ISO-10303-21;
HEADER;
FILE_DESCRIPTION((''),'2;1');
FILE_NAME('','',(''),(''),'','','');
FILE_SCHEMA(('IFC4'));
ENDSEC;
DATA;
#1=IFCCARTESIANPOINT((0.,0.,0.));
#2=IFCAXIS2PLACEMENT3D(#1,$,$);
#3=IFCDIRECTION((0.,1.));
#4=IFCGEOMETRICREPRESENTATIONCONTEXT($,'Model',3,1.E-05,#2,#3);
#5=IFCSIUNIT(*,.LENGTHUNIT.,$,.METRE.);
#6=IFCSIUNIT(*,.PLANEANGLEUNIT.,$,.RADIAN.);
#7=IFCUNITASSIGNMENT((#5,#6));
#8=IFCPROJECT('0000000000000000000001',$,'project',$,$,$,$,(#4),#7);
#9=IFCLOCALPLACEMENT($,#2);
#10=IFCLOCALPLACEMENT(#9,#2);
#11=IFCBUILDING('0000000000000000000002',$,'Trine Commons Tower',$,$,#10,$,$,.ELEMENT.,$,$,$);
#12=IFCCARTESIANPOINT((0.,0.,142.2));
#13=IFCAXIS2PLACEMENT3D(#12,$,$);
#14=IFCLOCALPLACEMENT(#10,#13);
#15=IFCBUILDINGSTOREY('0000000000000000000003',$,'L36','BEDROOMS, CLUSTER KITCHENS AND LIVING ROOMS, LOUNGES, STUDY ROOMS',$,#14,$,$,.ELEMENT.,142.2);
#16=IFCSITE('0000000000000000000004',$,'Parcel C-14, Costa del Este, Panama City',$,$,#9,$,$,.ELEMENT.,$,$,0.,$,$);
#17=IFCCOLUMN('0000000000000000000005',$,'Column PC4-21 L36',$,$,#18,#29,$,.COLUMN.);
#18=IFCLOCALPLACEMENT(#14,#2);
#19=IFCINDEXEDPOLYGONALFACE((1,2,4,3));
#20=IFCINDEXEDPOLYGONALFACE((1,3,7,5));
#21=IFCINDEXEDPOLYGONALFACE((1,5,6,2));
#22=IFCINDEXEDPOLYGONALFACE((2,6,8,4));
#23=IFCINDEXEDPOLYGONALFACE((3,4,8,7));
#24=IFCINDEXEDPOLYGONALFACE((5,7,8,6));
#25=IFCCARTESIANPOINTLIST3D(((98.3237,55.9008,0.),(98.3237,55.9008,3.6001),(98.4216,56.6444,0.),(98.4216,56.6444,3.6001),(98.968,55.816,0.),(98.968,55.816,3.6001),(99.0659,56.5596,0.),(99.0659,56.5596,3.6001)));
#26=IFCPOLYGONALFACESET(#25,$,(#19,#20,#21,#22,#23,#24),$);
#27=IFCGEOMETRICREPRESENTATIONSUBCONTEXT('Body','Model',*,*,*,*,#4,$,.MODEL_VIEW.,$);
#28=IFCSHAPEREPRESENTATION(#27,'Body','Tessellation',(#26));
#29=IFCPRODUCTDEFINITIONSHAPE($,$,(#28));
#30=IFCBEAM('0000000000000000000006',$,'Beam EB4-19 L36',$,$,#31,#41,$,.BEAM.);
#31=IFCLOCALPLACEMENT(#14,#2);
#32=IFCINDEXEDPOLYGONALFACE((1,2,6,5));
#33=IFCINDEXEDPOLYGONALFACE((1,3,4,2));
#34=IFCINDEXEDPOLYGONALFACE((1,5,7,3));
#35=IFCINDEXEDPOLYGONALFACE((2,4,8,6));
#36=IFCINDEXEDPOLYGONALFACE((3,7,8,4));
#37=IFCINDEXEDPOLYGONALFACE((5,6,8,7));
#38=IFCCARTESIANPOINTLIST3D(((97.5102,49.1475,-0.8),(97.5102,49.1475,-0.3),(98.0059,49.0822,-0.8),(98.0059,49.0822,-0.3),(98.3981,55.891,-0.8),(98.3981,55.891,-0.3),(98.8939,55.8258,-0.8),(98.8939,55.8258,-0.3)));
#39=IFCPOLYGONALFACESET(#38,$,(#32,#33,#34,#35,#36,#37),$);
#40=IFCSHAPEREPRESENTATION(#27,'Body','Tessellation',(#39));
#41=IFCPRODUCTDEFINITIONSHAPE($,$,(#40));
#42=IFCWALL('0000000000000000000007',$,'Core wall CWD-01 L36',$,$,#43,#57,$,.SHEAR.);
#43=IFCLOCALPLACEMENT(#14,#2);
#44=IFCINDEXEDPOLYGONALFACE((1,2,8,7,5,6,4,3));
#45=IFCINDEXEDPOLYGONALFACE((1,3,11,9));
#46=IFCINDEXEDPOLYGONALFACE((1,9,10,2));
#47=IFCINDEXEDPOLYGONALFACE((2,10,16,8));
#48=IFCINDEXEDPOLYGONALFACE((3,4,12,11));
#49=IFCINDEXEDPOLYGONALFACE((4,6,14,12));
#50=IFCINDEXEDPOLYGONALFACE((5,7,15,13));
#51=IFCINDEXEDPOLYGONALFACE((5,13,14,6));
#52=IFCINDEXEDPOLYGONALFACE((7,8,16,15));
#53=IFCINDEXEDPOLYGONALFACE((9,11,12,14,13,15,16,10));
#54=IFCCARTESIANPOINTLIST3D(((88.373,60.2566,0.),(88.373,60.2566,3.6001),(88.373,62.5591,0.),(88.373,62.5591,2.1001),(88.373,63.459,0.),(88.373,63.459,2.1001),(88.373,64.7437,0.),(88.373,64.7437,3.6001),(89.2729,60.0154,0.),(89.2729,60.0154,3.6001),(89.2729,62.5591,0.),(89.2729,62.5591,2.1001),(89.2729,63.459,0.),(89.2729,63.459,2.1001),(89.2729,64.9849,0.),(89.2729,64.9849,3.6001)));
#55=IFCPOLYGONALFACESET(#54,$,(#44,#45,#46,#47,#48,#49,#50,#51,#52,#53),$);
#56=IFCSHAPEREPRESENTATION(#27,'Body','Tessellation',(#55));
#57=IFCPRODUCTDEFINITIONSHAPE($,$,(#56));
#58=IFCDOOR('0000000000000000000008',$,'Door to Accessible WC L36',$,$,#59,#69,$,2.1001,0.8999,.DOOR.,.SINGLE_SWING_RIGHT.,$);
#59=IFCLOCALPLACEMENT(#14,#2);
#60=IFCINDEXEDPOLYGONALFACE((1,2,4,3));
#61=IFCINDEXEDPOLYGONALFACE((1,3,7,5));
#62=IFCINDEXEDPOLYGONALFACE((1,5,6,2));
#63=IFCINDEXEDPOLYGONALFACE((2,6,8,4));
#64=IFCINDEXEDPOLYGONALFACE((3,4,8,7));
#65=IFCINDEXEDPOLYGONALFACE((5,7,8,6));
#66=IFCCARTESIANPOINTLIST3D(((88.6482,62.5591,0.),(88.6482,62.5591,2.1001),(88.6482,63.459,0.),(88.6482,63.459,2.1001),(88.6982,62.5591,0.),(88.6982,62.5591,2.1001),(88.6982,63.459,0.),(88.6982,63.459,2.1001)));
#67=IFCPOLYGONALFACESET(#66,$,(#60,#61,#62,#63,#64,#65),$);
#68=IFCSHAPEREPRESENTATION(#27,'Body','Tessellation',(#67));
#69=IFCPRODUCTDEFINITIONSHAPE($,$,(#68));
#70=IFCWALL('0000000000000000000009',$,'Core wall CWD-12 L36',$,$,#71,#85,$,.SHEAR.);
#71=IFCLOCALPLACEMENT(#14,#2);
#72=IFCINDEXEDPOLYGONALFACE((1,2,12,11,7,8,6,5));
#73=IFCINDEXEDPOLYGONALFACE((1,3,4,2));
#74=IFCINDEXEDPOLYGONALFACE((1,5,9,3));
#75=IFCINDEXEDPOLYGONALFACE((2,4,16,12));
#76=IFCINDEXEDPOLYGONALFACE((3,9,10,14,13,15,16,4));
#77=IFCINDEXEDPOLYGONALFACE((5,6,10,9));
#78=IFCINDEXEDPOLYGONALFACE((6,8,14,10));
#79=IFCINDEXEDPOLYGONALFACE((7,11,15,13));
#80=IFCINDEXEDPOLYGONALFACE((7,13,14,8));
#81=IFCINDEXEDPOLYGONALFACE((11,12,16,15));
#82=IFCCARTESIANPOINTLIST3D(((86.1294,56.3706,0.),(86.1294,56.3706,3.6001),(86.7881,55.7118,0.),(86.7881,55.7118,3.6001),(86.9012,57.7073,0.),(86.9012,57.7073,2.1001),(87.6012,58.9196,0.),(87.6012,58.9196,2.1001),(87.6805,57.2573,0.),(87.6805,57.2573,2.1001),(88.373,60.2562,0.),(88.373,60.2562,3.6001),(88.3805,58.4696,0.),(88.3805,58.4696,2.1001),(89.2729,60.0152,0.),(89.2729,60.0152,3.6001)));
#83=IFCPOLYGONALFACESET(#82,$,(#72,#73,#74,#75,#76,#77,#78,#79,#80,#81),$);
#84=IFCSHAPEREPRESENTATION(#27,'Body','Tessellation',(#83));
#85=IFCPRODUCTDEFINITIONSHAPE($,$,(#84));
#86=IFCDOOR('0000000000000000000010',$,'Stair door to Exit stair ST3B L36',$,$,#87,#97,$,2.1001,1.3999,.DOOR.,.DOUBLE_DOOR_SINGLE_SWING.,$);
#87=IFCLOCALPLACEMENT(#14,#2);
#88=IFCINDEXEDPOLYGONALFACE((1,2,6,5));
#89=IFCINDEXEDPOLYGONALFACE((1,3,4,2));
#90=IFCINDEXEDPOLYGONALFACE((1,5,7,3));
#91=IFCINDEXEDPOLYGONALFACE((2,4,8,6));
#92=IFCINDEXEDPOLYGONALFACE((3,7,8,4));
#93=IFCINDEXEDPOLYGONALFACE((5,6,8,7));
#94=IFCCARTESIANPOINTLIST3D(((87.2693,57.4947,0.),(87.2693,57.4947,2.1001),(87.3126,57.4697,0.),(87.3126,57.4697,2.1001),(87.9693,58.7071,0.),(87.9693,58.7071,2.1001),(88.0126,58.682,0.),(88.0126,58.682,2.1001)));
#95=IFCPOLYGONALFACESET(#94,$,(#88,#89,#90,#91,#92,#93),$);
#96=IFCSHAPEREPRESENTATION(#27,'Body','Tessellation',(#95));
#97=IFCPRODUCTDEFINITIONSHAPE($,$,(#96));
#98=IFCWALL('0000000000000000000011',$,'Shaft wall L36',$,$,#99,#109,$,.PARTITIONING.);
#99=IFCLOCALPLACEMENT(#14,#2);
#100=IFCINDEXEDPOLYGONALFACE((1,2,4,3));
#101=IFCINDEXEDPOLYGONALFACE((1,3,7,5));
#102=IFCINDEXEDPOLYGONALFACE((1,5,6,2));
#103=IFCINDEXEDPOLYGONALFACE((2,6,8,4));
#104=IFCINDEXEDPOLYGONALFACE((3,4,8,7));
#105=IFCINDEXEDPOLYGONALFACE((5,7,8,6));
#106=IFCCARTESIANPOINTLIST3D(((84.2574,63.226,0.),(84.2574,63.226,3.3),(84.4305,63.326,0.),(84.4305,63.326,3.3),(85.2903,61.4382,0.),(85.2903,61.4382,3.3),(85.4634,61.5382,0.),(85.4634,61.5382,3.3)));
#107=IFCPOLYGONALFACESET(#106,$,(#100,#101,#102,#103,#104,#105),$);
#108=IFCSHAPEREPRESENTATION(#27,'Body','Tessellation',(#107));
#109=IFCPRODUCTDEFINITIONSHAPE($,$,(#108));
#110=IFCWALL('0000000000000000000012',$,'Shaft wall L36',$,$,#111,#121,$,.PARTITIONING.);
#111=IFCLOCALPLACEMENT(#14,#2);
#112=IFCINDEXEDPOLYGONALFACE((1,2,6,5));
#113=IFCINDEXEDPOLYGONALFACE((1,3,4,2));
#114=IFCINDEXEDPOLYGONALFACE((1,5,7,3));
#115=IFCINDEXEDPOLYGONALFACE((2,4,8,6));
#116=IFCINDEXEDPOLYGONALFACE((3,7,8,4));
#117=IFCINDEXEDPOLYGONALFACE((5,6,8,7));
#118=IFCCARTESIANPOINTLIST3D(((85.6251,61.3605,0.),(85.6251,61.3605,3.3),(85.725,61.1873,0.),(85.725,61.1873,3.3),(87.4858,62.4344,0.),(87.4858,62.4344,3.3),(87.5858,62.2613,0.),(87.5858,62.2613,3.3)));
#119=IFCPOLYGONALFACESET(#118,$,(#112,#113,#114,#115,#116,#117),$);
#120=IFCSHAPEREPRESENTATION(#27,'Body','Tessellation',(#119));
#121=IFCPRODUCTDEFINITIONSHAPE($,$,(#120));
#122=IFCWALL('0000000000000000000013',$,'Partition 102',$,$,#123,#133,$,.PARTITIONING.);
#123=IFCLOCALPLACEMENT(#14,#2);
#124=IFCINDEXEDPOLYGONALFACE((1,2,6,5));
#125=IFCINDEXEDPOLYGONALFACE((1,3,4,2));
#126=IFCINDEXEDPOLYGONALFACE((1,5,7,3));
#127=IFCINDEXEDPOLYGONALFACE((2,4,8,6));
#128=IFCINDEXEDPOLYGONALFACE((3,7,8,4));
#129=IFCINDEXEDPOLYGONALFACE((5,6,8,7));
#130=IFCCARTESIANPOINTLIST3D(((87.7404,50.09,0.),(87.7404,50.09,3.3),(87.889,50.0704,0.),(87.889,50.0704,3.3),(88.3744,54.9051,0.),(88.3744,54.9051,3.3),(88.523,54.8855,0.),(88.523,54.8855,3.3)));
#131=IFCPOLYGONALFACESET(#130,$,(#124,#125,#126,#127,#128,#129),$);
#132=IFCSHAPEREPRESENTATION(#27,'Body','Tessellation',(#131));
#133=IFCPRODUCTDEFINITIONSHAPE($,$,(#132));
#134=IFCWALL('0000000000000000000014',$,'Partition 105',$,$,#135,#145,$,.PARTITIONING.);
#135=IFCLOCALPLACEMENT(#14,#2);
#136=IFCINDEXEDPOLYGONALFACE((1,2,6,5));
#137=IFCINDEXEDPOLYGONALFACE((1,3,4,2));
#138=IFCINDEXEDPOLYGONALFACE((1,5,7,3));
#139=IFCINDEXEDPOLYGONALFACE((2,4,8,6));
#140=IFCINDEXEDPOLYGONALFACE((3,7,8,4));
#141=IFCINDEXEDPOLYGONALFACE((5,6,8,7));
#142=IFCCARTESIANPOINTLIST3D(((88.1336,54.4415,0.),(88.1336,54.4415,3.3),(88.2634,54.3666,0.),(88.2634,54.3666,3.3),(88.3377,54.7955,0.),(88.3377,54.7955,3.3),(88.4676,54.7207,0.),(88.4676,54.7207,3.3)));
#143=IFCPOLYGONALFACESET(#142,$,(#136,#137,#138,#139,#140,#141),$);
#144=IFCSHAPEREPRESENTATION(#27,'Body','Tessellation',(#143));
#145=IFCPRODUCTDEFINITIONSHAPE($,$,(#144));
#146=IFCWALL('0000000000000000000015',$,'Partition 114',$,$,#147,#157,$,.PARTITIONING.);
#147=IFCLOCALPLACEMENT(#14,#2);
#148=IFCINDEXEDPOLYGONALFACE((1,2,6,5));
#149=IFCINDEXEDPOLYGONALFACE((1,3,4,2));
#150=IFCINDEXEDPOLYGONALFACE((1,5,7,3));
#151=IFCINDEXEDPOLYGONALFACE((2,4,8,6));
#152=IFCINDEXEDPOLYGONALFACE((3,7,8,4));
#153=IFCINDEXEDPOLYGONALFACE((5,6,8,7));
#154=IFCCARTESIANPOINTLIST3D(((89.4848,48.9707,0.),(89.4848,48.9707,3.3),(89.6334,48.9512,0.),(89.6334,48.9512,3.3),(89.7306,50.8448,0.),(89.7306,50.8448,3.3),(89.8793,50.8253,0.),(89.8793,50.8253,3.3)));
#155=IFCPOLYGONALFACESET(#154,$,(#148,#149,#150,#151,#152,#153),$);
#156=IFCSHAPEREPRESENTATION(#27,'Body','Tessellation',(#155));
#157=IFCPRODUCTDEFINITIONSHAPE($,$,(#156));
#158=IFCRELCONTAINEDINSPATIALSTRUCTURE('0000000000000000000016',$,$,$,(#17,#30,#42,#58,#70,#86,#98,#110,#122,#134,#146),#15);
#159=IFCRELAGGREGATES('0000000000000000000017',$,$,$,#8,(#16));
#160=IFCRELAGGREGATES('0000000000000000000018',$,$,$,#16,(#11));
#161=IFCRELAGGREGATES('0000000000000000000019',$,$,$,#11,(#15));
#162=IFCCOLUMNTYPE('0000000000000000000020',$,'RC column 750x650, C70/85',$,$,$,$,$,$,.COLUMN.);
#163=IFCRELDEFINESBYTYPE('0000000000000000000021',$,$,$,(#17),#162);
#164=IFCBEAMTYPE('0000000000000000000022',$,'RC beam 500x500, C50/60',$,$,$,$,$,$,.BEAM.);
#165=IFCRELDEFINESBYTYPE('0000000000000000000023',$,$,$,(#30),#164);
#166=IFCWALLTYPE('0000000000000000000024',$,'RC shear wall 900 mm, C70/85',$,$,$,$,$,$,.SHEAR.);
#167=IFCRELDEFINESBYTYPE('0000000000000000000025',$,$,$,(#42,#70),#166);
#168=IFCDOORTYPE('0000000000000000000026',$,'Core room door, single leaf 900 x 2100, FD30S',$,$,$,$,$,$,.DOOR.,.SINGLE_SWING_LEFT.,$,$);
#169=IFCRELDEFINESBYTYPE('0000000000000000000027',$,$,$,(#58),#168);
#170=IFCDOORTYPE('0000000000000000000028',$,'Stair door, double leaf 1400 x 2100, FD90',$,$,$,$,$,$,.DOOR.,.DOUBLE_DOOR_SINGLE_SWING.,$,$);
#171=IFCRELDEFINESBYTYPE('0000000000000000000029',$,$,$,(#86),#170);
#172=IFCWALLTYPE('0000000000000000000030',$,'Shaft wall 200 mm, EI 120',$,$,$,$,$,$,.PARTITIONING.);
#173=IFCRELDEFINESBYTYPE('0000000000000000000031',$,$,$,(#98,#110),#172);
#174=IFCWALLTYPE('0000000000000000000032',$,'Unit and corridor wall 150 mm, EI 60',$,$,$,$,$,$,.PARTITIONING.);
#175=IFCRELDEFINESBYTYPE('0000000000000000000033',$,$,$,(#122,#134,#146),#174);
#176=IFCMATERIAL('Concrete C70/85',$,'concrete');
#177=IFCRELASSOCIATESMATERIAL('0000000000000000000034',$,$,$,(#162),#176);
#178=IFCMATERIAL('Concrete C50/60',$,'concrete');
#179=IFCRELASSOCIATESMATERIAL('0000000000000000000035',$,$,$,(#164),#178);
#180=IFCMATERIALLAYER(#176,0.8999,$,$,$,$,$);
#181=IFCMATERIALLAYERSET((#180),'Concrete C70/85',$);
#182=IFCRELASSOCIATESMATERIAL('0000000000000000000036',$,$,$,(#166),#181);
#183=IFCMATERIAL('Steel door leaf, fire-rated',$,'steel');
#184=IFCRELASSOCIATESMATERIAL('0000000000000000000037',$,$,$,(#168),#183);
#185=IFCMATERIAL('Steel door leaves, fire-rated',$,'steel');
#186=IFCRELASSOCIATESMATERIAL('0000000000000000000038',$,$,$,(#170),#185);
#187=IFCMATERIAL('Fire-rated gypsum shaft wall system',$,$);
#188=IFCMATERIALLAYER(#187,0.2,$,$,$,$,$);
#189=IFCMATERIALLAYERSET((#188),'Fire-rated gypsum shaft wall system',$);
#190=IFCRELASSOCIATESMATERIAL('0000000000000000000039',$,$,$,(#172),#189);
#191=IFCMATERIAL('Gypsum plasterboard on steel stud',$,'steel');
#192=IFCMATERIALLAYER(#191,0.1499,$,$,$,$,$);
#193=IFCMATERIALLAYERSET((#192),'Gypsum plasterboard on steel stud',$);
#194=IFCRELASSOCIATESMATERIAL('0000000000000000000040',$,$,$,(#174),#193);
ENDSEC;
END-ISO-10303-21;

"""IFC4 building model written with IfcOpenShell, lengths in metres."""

from ifc_helpers import new_model, si_unit, direction, frame, frame_2d, origin, origin_2d, place, context, subcontext, project, spatial, polyline, rectangle, outline, extrude, material, layer, layer_set, material_profile, profile_set, type_object, element, fill, save


model = new_model("IFC4")

# Units and contexts
model_context = context("Model", 3, precision=1e-05, world=origin(), true_north=direction((0.0, 1.0)))
body_context = subcontext(model_context, "Body", "Model", "MODEL_VIEW")
ifc_project = project(units=[si_unit("LENGTHUNIT", "METRE"), si_unit("PLANEANGLEUNIT", "RADIAN")], contexts=[model_context])

# Site, building, storey
site_placement = place(None, origin())
site = spatial("IfcSite", under=ifc_project, at=site_placement, Name="Parcel C-14, Costa del Este, Panama City", CompositionType="ELEMENT", RefElevation=0.0)
building_placement = place(site_placement, origin())
building = spatial("IfcBuilding", under=site, at=building_placement, Name="Trine Commons Tower", CompositionType="ELEMENT")
storey_placement = place(building_placement, frame((0.0, 0.0, 142.2)))
storey = spatial("IfcBuildingStorey", under=building, at=storey_placement, Name="L36", Description="BEDROOMS, CLUSTER KITCHENS AND LIVING ROOMS, LOUNGES, STUDY ROOMS", CompositionType="ELEMENT", Elevation=142.2)

# Column
ifc_material_1 = material(Name="Concrete C70/85", Category="concrete")
ifc_material_profile_1 = material_profile(ifc_material_1, rectangle(XDim=0.75, YDim=0.6499, at=origin_2d()), Name="RC 750x650")
ifc_profile_set_1 = profile_set([ifc_material_profile_1], Name="Concrete C70/85")
column_type = type_object("IfcColumnType", Name="RC column 750x650, C70/85", PredefinedType="COLUMN", material=ifc_profile_set_1)
column_placement = place(storey_placement, frame((98.6948, 56.2302, 0.0), z_axis=(0.0, 0.0, 1.0), x_axis=(0.130526, 0.991445, 0.0)))
element("IfcColumn", 1, at=column_placement, inside=storey, type_object=column_type, Name="Column PC4-21 L36", PredefinedType="COLUMN", context=body_context, shape_type="SweptSolid", body=[
    extrude(rectangle(XDim=0.75, YDim=0.6499, at=origin_2d()), origin(), (0.0, 0.0, 1.0), 3.6001),
])

# Beam
ifc_material_2 = material(Name="Concrete C50/60", Category="concrete")
ifc_material_profile_2 = material_profile(ifc_material_2, rectangle(XDim=0.5, YDim=0.5, at=origin_2d()), Name="RC 500x500")
ifc_profile_set_2 = profile_set([ifc_material_profile_2], Name="Concrete C50/60")
beam_type = type_object("IfcBeamType", Name="RC beam 500x500, C50/60", PredefinedType="BEAM", material=ifc_profile_set_2)
beam_placement = place(storey_placement, frame((98.646, 55.8584, -0.55), z_axis=(-0.130544, -0.991443, 0.0), x_axis=(0.991443, -0.130544, 0.0)))
element("IfcBeam", 2, at=beam_placement, inside=storey, type_object=beam_type, Name="Beam EB4-19 L36", PredefinedType="BEAM", context=body_context, shape_type="SweptSolid", body=[
    extrude(rectangle(XDim=0.5, YDim=0.5, at=origin_2d()), origin(), (0.0, 0.0, 1.0), 6.8018),
])

# Walls, openings, doors
ifc_layer_1 = layer(ifc_material_1, 0.8999)
ifc_layer_set_1 = layer_set([ifc_layer_1], Name="Concrete C70/85")
wall_type_1 = type_object("IfcWallType", Name="RC shear wall 900 mm, C70/85", PredefinedType="SHEAR", material=ifc_layer_set_1)
wall_1_placement = place(storey_placement, frame((88.823, 60.0154, 0.0), z_axis=(0.0, 0.0, 1.0), x_axis=(0.0, 1.0, 0.0)))
wall_1 = element("IfcWall", 3, at=wall_1_placement, inside=storey, type_object=wall_type_1, Name="Core wall CWD-01 L36", PredefinedType="SHEAR", context=body_context, shape_type="SweptSolid", body=[
    extrude(outline(polyline([(0.0, -0.45), (4.9695, -0.45), (4.7283, 0.45), (0.2412, 0.45), (0.0, -0.45)])), origin(), (0.0, 0.0, 1.0), 3.6001),
])
opening_1_placement = place(wall_1_placement, frame((2.5437, 0.0, 0.0)))
opening_1 = element("IfcOpeningElement", 4, at=opening_1_placement, cuts=wall_1, PredefinedType="OPENING", context=body_context, shape_type="SweptSolid", body=[
    extrude(rectangle(XDim=0.8999, YDim=2.1001, at=frame_2d((0.45, 1.05))), frame((0.0, 0.46, 0.0), z_axis=(0.0, -1.0, 0.0), x_axis=(1.0, 0.0, 0.0)), (0.0, 0.0, 1.0), 0.9199),
])
ifc_material_3 = material(Name="Steel door leaf, fire-rated", Category="steel")
door_type_1 = type_object("IfcDoorType", Name="Core room door, single leaf 900 x 2100, FD30S", OperationType="SINGLE_SWING_LEFT", PredefinedType="DOOR", material=ifc_material_3)
door_1_placement = place(opening_1_placement, origin())
door_1 = element("IfcDoor", 5, at=door_1_placement, inside=storey, type_object=door_type_1, Name="Door to Accessible WC L36", OperationType="SINGLE_SWING_RIGHT", OverallHeight=2.1001, OverallWidth=0.8999, PredefinedType="DOOR", context=body_context, shape_type="SweptSolid", body=[
    extrude(rectangle(XDim=0.8999, YDim=2.1001, at=frame_2d((0.45, 1.05))), frame((0.0, 0.1748, 0.0), z_axis=(0.0, -1.0, 0.0), x_axis=(1.0, 0.0, 0.0)), (0.0, 0.0, 1.0), 0.05),
])
fill(opening_1, door_1)
wall_2_placement = place(storey_placement, frame((86.3984, 55.9368, 0.0), z_axis=(0.0, 0.0, 1.0), x_axis=(0.500039, 0.866003, 0.0)))
wall_2 = element("IfcWall", 6, at=wall_2_placement, inside=storey, type_object=wall_type_1, Name="Core wall CWD-12 L36", PredefinedType="SHEAR", context=body_context, shape_type="SweptSolid", body=[
    extrude(outline(polyline([(0.0, -0.45), (4.9692, -0.45), (4.728, 0.45), (0.2412, 0.45), (0.0, -0.45)])), origin(), (0.0, 0.0, 1.0), 3.6001),
])
opening_2_placement = place(wall_2_placement, frame((1.7847, 0.0, 0.0)))
opening_2 = element("IfcOpeningElement", 7, at=opening_2_placement, cuts=wall_2, PredefinedType="OPENING", context=body_context, shape_type="SweptSolid", body=[
    extrude(rectangle(XDim=1.3999, YDim=2.1001, at=frame_2d((0.7, 1.05))), frame((0.0, 0.46, 0.0), z_axis=(0.0, -1.0, 0.0), x_axis=(1.0, 0.0, 0.0)), (0.0, 0.0, 1.0), 0.9199),
])
ifc_material_4 = material(Name="Steel door leaves, fire-rated", Category="steel")
door_type_2 = type_object("IfcDoorType", Name="Stair door, double leaf 1400 x 2100, FD90", OperationType="DOUBLE_DOOR_SINGLE_SWING", PredefinedType="DOOR", material=ifc_material_4)
door_2_placement = place(opening_2_placement, origin())
door_2 = element("IfcDoor", 8, at=door_2_placement, inside=storey, type_object=door_type_2, Name="Stair door to Exit stair ST3B L36", OperationType="DOUBLE_DOOR_SINGLE_SWING", OverallHeight=2.1001, OverallWidth=1.3999, PredefinedType="DOOR", context=body_context, shape_type="SweptSolid", body=[
    extrude(rectangle(XDim=1.3999, YDim=2.1001, at=frame_2d((0.7, 1.05))), frame((0.0, 0.0249, 0.0), z_axis=(0.0, -1.0, 0.0), x_axis=(1.0, 0.0, 0.0)), (0.0, 0.0, 1.0), 0.05),
])
fill(opening_2, door_2)

# Walls
ifc_material_5 = material(Name="Fire-rated gypsum shaft wall system")
ifc_layer_2 = layer(ifc_material_5, 0.2)
ifc_layer_set_2 = layer_set([ifc_layer_2], Name="Fire-rated gypsum shaft wall system")
wall_type_2 = type_object("IfcWallType", Name="Shaft wall 200 mm, EI 120", PredefinedType="PARTITIONING", material=ifc_layer_set_2)
wall_3_placement = place(storey_placement, frame((84.344, 63.2759, 0.0), z_axis=(0.0, 0.0, 1.0), x_axis=(0.500272, -0.865868, 0.0)))
element("IfcWall", 9, at=wall_3_placement, inside=storey, type_object=wall_type_2, Name="Shaft wall L36", PredefinedType="PARTITIONING", context=body_context, shape_type="SweptSolid", body=[
    extrude(rectangle(XDim=2.0647, YDim=0.2, at=frame_2d((1.0322, 0.0))), origin(), (0.0, 0.0, 1.0), 3.3),
])
wall_4_placement = place(storey_placement, frame((85.675, 61.2739, 0.0), z_axis=(0.0, 0.0, 1.0), x_axis=(0.866102, 0.499867, 0.0)))
element("IfcWall", 10, at=wall_4_placement, inside=storey, type_object=wall_type_2, Name="Shaft wall L36", PredefinedType="PARTITIONING", context=body_context, shape_type="SweptSolid", body=[
    extrude(rectangle(XDim=2.1484, YDim=0.2, at=frame_2d((1.0742, 0.0))), origin(), (0.0, 0.0, 1.0), 3.3),
])
ifc_material_6 = material(Name="Gypsum plasterboard on steel stud", Category="steel")
ifc_layer_3 = layer(ifc_material_6, 0.1499)
ifc_layer_set_3 = layer_set([ifc_layer_3], Name="Gypsum plasterboard on steel stud")
wall_type_3 = type_object("IfcWallType", Name="Unit and corridor wall 150 mm, EI 60", PredefinedType="PARTITIONING", material=ifc_layer_set_3)
wall_5_placement = place(storey_placement, frame((87.8147, 50.0803, 0.0), z_axis=(0.0, 0.0, 1.0), x_axis=(0.130547, 0.991442, 0.0)))
element("IfcWall", 11, at=wall_5_placement, inside=storey, type_object=wall_type_3, Name="Partition 102", PredefinedType="PARTITIONING", context=body_context, shape_type="SweptSolid", body=[
    extrude(rectangle(XDim=4.8567, YDim=0.1499, at=frame_2d((2.4282, 0.0))), origin(), (0.0, 0.0, 1.0), 3.3),
])
wall_6_placement = place(storey_placement, frame((88.1985, 54.4041, 0.0), z_axis=(0.0, 0.0, 1.0), x_axis=(0.499481, 0.866325, 0.0)))
element("IfcWall", 12, at=wall_6_placement, inside=storey, type_object=wall_type_3, Name="Partition 105", PredefinedType="PARTITIONING", context=body_context, shape_type="SweptSolid", body=[
    extrude(rectangle(XDim=0.4087, YDim=0.1499, at=frame_2d((0.2043, 0.0))), origin(), (0.0, 0.0, 1.0), 3.3),
])
wall_7_placement = place(storey_placement, frame((89.5591, 48.9609, 0.0), z_axis=(0.0, 0.0, 1.0), x_axis=(0.130074, 0.991504, 0.0)))
element("IfcWall", 13, at=wall_7_placement, inside=storey, type_object=wall_type_3, Name="Partition 114", PredefinedType="PARTITIONING", context=body_context, shape_type="SweptSolid", body=[
    extrude(rectangle(XDim=1.8901, YDim=0.1499, at=frame_2d((0.9451, 0.0))), origin(), (0.0, 0.0, 1.0), 3.3),
])

save(model, "model.ifc")
